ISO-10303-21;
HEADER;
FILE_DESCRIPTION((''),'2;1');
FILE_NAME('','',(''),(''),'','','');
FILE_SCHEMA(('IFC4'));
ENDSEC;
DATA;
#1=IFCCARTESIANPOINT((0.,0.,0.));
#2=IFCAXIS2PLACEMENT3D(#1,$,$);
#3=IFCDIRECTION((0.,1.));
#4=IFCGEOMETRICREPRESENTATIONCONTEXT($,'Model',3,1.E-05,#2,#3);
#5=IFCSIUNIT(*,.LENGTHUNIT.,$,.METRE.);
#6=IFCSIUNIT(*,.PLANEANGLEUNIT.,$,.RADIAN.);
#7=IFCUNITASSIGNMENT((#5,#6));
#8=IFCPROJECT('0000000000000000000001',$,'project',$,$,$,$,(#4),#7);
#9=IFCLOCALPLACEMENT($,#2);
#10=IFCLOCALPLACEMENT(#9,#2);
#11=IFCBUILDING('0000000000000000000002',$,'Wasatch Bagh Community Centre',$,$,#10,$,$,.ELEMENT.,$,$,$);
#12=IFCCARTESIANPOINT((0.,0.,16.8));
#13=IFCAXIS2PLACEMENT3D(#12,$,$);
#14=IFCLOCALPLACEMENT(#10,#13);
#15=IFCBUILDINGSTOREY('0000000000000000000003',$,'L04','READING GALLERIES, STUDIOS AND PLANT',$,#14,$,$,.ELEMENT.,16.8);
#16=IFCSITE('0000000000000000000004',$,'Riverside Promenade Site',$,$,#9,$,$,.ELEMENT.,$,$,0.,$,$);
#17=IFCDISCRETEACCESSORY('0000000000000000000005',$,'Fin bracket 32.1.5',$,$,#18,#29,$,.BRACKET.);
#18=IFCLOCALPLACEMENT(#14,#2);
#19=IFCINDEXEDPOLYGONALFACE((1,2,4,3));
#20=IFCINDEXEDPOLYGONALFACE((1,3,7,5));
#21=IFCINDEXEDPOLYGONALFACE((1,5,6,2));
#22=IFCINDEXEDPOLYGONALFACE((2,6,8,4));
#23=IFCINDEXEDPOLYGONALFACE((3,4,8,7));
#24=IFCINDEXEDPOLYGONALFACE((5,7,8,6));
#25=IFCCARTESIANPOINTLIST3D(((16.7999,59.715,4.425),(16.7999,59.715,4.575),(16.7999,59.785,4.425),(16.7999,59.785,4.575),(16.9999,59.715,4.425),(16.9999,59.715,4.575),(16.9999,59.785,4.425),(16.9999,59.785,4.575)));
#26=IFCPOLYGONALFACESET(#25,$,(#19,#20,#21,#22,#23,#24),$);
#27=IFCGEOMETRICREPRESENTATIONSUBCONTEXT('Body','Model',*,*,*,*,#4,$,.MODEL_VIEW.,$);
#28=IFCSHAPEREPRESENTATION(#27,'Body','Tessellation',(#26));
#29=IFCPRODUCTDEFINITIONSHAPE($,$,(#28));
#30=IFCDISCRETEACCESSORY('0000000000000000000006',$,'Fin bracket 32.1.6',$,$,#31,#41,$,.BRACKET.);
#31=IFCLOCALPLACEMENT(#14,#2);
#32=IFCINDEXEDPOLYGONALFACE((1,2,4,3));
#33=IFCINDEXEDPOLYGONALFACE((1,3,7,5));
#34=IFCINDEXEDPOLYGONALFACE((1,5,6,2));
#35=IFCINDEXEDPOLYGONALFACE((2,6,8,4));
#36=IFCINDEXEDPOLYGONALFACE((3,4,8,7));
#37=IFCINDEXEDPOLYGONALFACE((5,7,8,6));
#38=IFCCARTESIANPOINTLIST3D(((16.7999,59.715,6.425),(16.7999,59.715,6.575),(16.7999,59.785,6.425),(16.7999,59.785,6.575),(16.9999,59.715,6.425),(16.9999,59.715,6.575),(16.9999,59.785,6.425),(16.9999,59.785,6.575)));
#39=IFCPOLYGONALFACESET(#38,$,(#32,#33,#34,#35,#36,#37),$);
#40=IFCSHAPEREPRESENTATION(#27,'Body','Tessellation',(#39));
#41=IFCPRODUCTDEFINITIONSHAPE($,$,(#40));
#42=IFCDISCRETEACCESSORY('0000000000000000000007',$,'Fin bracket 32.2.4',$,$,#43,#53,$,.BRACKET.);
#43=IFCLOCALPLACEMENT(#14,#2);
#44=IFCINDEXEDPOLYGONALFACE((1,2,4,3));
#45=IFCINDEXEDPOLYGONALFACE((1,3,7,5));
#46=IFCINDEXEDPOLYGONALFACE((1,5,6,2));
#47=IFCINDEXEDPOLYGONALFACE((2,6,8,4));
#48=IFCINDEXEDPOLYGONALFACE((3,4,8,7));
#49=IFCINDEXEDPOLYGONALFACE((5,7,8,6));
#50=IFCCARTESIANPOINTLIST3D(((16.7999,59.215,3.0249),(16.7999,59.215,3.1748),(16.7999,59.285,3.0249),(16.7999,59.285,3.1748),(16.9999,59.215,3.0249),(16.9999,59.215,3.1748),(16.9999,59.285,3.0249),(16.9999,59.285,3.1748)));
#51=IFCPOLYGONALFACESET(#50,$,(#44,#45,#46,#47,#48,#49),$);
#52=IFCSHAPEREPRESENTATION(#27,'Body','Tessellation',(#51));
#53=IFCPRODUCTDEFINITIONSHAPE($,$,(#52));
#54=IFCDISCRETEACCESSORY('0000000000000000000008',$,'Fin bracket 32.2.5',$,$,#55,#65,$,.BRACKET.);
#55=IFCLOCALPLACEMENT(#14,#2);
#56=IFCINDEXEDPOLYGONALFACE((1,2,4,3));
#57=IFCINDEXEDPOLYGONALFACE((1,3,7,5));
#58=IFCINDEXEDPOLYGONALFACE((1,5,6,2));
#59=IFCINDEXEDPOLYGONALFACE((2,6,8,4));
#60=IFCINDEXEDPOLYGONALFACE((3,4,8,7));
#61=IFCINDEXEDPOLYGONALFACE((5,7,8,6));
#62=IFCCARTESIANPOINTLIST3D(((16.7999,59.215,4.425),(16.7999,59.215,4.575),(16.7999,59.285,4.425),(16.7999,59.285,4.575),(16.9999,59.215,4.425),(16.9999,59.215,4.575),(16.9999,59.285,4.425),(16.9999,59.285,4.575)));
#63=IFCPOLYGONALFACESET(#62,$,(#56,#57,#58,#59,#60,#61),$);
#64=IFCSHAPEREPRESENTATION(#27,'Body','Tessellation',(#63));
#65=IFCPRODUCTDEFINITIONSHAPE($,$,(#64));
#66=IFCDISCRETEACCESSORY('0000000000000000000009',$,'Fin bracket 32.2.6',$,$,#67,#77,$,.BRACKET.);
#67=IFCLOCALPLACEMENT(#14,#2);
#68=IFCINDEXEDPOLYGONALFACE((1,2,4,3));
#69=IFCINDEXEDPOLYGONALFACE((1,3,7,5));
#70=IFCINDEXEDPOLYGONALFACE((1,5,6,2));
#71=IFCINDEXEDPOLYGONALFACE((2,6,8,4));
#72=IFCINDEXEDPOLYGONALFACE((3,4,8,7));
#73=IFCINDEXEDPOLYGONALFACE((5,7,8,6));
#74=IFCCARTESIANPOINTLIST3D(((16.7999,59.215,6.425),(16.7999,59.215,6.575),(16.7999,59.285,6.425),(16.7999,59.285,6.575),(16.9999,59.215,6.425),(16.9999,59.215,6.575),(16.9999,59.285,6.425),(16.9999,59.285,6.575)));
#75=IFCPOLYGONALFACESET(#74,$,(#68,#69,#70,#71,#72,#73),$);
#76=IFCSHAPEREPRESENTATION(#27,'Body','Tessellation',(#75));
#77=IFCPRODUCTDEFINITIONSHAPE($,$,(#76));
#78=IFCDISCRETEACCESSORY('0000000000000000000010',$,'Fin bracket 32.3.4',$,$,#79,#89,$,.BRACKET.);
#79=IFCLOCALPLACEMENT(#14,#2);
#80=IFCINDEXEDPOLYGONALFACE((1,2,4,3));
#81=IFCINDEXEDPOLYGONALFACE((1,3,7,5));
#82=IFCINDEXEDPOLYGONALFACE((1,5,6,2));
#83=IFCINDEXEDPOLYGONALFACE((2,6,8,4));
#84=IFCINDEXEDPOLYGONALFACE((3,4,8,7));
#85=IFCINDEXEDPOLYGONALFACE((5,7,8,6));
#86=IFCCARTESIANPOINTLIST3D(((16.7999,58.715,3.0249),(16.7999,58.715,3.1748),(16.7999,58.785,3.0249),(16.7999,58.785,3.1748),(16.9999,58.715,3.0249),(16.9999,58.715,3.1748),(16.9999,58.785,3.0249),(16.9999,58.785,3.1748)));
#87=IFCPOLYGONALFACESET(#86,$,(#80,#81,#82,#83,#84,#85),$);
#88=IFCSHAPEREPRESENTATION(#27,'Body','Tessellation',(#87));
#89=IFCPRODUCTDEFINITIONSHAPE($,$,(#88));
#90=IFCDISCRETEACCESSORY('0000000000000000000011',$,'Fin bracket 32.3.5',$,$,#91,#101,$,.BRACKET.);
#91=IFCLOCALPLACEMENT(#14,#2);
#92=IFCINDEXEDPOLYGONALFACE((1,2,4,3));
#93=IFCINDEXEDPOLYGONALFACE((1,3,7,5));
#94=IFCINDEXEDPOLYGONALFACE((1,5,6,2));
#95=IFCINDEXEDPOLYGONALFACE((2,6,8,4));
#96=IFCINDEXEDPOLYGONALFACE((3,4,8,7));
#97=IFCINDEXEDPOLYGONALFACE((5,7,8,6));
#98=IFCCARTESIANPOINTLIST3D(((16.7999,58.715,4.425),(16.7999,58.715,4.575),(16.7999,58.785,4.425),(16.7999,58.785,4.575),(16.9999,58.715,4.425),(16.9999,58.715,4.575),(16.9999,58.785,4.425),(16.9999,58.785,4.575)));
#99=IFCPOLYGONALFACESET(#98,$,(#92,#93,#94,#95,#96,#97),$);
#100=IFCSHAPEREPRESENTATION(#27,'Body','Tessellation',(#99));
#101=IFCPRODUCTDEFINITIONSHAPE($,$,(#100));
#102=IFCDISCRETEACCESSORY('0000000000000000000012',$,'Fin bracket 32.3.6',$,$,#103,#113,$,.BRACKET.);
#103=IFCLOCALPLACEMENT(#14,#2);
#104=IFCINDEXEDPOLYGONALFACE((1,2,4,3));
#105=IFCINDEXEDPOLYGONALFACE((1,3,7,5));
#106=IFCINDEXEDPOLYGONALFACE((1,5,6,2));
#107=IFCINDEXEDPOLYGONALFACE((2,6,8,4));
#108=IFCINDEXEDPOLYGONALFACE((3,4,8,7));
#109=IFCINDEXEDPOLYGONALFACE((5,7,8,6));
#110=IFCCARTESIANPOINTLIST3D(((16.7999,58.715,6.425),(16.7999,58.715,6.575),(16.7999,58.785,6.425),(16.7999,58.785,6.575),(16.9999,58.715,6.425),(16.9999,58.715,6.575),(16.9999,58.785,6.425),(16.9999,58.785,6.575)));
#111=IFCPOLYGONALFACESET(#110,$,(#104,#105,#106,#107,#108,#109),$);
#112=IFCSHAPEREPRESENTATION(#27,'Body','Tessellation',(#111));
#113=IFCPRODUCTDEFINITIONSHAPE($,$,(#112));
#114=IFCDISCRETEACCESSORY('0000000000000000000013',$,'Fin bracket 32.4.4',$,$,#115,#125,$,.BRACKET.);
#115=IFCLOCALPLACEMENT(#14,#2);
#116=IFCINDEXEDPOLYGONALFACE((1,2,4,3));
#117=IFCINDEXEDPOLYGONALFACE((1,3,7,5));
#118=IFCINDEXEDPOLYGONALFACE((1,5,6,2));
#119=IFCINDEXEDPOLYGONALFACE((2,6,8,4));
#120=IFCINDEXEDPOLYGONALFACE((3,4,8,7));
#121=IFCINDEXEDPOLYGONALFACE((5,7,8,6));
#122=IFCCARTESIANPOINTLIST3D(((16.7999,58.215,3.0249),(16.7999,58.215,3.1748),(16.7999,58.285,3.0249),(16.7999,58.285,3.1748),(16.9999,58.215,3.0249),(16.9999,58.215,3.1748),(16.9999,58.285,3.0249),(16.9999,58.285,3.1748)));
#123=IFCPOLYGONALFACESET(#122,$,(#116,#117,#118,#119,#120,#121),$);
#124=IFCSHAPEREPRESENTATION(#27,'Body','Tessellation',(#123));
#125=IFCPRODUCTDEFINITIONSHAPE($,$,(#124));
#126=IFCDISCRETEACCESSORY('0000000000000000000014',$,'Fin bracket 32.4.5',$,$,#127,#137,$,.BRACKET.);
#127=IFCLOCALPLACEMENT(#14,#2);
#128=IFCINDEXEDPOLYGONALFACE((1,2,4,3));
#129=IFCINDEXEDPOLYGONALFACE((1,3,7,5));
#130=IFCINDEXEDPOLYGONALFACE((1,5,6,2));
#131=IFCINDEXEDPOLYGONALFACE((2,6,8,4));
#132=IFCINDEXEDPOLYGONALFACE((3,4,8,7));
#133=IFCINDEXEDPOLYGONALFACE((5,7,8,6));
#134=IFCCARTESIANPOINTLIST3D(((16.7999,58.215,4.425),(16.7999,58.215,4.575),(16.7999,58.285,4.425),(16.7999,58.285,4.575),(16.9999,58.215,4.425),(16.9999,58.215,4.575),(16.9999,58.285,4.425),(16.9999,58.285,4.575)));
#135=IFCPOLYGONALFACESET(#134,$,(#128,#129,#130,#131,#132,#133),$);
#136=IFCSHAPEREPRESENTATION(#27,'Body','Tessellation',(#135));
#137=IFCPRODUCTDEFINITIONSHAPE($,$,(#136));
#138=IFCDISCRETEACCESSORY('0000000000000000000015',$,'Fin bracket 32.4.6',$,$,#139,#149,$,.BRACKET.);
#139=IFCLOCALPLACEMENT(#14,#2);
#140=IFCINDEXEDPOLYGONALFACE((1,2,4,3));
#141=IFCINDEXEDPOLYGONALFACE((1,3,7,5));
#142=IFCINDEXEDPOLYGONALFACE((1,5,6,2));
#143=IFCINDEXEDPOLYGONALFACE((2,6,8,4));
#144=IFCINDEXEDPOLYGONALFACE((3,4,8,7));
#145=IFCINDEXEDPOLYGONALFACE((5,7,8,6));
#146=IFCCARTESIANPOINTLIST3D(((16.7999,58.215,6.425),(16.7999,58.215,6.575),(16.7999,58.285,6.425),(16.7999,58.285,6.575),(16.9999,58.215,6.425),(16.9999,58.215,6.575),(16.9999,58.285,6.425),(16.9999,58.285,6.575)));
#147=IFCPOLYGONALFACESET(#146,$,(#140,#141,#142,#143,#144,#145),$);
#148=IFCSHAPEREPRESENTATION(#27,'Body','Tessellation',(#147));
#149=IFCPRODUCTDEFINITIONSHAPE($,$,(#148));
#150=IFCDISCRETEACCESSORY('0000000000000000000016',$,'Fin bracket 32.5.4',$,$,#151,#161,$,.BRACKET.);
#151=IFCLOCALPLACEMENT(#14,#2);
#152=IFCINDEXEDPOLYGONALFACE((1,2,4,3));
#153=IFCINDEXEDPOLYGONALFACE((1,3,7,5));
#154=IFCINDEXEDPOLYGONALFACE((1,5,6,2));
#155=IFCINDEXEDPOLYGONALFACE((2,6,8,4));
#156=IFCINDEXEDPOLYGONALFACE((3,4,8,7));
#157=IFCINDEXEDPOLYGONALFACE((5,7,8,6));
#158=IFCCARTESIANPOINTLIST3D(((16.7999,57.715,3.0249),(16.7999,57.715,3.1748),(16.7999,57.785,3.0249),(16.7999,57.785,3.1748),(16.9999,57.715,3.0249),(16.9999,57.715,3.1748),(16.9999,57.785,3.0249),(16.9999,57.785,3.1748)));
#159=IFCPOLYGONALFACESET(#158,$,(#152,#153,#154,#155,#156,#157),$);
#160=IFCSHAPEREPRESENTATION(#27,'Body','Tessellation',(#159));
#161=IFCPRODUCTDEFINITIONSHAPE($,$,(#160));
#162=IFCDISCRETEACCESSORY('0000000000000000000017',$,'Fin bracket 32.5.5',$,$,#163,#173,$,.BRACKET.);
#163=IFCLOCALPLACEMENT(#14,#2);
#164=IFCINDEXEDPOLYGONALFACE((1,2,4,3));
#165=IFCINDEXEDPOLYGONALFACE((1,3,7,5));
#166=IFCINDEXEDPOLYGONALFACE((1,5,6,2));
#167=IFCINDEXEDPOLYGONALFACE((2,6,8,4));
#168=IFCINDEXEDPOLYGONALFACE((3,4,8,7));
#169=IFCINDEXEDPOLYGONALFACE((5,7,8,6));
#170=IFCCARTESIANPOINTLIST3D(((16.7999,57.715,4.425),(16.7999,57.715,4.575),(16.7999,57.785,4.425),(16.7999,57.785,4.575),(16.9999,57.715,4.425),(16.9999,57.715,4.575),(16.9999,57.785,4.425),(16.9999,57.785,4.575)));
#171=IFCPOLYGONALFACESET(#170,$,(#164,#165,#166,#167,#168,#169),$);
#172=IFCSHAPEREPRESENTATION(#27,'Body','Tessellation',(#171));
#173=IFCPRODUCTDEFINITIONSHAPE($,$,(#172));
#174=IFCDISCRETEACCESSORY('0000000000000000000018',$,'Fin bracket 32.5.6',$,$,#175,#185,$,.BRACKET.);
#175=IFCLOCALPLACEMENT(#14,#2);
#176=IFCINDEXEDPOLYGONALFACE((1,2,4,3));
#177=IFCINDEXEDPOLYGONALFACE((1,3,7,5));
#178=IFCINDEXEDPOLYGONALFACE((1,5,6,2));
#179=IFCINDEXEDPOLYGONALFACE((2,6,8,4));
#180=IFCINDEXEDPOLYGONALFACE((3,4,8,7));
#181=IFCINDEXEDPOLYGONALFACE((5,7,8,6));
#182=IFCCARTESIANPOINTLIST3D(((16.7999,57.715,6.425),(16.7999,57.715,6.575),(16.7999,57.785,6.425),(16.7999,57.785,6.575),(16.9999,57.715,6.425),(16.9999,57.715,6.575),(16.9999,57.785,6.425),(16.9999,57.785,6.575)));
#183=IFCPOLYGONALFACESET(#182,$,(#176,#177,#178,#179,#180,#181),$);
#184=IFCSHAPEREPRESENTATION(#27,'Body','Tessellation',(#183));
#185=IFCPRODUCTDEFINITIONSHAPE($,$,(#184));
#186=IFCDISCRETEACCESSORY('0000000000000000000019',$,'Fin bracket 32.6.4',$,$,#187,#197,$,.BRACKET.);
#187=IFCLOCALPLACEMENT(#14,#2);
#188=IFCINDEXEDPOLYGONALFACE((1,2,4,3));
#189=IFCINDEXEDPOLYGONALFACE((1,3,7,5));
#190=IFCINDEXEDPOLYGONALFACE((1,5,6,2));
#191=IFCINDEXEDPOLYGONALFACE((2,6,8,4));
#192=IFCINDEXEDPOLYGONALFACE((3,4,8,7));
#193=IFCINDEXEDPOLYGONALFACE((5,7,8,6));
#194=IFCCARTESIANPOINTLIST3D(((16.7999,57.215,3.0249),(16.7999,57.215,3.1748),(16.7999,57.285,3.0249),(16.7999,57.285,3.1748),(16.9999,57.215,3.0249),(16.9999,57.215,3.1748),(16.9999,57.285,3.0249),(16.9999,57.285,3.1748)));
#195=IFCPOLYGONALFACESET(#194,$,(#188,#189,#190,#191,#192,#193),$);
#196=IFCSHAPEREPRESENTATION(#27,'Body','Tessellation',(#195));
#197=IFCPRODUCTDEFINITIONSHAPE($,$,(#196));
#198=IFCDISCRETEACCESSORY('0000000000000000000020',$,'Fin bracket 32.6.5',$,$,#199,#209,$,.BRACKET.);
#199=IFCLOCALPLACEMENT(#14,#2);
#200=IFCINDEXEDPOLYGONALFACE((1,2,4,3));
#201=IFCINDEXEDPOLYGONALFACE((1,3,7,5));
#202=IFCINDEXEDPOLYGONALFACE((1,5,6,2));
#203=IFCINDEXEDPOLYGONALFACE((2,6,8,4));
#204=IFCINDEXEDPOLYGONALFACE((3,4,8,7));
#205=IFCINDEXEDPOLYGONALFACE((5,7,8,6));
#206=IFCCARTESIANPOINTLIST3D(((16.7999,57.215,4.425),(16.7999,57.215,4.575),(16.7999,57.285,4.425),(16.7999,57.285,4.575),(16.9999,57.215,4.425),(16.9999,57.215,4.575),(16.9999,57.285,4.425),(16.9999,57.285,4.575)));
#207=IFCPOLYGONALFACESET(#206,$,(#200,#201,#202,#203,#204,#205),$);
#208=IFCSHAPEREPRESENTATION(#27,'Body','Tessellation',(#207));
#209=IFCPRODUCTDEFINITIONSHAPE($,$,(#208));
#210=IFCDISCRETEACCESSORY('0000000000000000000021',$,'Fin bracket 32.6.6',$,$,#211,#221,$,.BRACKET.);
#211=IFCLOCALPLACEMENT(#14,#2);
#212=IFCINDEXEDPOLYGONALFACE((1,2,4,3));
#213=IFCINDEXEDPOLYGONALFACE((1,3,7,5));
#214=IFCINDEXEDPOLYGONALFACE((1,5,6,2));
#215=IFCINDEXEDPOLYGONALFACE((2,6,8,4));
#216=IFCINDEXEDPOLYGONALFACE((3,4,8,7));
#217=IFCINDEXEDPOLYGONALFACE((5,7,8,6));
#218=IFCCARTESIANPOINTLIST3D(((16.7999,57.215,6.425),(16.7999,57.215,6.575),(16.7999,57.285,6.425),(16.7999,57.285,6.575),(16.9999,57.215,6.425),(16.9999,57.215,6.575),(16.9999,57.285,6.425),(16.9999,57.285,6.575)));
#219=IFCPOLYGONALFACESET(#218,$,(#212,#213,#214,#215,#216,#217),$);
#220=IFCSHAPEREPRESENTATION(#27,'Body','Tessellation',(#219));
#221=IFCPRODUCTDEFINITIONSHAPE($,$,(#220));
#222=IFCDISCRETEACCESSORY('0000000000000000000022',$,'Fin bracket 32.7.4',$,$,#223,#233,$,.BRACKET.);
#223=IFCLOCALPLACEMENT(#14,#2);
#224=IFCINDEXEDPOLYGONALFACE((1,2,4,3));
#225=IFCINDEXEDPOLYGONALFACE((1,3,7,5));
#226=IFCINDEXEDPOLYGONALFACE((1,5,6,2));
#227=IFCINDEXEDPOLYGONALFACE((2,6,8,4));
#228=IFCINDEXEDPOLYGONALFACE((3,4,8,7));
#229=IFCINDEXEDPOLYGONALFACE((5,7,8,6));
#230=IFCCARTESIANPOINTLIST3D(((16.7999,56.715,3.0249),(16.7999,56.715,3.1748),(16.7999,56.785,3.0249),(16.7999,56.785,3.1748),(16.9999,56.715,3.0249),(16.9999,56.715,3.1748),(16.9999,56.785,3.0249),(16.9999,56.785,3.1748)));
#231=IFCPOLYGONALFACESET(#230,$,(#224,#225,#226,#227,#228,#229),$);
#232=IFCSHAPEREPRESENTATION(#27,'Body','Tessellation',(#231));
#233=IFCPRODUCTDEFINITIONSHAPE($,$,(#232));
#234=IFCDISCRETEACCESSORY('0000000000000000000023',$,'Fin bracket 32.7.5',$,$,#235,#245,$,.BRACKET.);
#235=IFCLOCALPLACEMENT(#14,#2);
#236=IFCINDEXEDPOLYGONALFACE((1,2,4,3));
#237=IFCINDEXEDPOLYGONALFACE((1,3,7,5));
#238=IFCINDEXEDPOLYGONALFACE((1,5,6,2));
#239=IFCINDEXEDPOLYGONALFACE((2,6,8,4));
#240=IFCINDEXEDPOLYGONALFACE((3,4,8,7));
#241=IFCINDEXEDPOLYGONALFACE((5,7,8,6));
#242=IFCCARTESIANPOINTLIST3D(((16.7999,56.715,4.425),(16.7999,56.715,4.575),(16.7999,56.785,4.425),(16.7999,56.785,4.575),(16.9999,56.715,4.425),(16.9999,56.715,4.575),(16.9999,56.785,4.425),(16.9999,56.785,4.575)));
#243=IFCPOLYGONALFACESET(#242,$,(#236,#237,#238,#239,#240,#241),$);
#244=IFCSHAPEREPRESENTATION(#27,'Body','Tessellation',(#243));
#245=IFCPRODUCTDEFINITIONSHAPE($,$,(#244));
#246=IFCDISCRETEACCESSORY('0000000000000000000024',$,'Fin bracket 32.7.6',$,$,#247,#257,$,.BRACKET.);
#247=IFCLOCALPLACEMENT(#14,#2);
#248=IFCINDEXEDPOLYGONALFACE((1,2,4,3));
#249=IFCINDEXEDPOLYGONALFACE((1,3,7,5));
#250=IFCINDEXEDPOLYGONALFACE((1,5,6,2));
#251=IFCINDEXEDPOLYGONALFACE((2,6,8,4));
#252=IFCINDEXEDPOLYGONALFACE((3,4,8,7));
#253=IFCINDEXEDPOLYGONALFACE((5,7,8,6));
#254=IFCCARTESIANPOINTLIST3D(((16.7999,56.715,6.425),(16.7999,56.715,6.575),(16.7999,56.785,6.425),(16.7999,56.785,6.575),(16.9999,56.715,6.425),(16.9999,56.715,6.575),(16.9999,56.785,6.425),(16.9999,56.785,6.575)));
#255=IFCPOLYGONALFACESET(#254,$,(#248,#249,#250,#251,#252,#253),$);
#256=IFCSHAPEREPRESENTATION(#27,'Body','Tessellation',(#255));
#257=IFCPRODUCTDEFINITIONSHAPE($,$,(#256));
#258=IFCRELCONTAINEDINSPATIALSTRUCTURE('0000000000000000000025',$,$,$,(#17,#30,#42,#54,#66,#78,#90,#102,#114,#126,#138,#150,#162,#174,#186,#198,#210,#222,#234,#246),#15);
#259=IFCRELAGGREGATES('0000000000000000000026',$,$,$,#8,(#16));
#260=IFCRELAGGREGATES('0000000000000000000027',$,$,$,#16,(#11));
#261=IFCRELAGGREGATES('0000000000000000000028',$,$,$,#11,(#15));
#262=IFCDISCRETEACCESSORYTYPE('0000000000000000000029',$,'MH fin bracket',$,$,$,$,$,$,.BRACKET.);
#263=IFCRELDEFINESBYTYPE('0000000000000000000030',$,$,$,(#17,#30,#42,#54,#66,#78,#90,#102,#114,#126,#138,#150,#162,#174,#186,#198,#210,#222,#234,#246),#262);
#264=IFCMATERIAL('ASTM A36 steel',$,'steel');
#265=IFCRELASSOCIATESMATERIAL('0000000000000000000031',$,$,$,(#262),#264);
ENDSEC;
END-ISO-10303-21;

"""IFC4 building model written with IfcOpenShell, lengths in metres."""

from ifc_helpers import new_model, si_unit, direction, frame, origin, origin_2d, place, context, subcontext, project, spatial, rectangle, extrude, material, type_object, element, save


model = new_model("IFC4")

# Units and contexts
model_context = context("Model", 3, precision=1e-05, world=origin(), true_north=direction((0.0, 1.0)))
body_context = subcontext(model_context, "Body", "Model", "MODEL_VIEW")
ifc_project = project(units=[si_unit("LENGTHUNIT", "METRE"), si_unit("PLANEANGLEUNIT", "RADIAN")], contexts=[model_context])

# Site, building, storey
site_placement = place(None, origin())
site = spatial("IfcSite", under=ifc_project, at=site_placement, Name="Riverside Promenade Site", CompositionType="ELEMENT", RefElevation=0.0)
building_placement = place(site_placement, origin())
building = spatial("IfcBuilding", under=site, at=building_placement, Name="Wasatch Bagh Community Centre", CompositionType="ELEMENT")
storey_placement = place(building_placement, frame((0.0, 0.0, 16.8)))
storey = spatial("IfcBuildingStorey", under=building, at=storey_placement, Name="L04", Description="READING GALLERIES, STUDIOS AND PLANT", CompositionType="ELEMENT", Elevation=16.8)

# Discrete accessories
ifc_material = material(Name="ASTM A36 steel", Category="steel")
discrete_accessory_type = type_object("IfcDiscreteAccessoryType", Name="MH fin bracket", PredefinedType="BRACKET", material=ifc_material)
for number, where, z_axis, x_axis, name in (
    (1, (16.8999, 59.75, 4.425), (0.0, 0.0, 1.0), (0.0, -1.0, 0.0), "Fin bracket 32.1.5"),
    (2, (16.8999, 59.75, 6.425), (0.0, 0.0, 1.0), (0.0, -1.0, 0.0), "Fin bracket 32.1.6"),
    (3, (16.8999, 59.25, 3.0249), (0.0, 0.0, 1.0), (0.0, -1.0, 0.0), "Fin bracket 32.2.4"),
    (4, (16.8999, 59.25, 4.425), (0.0, 0.0, 1.0), (0.0, -1.0, 0.0), "Fin bracket 32.2.5"),
    (5, (16.8999, 59.25, 6.425), (0.0, 0.0, 1.0), (0.0, -1.0, 0.0), "Fin bracket 32.2.6"),
    (6, (16.8999, 58.75, 3.0249), (0.0, 0.0, 1.0), (0.0, -1.0, 0.0), "Fin bracket 32.3.4"),
    (7, (16.8999, 58.75, 4.425), (0.0, 0.0, 1.0), (0.0, -1.0, 0.0), "Fin bracket 32.3.5"),
    (8, (16.8999, 58.75, 6.425), (0.0, 0.0, 1.0), (0.0, -1.0, 0.0), "Fin bracket 32.3.6"),
    (9, (16.8999, 58.25, 3.0249), (0.0, 0.0, 1.0), (0.0, -1.0, 0.0), "Fin bracket 32.4.4"),
    (10, (16.8999, 58.25, 4.425), (0.0, 0.0, 1.0), (0.0, -1.0, 0.0), "Fin bracket 32.4.5"),
    (11, (16.8999, 58.25, 6.425), (0.0, 0.0, 1.0), (0.0, -1.0, 0.0), "Fin bracket 32.4.6"),
    (12, (16.8999, 57.75, 3.0249), (0.0, 0.0, 1.0), (0.0, -1.0, 0.0), "Fin bracket 32.5.4"),
    (13, (16.8999, 57.75, 4.425), (0.0, 0.0, 1.0), (0.0, -1.0, 0.0), "Fin bracket 32.5.5"),
    (14, (16.8999, 57.75, 6.425), (0.0, 0.0, 1.0), (0.0, -1.0, 0.0), "Fin bracket 32.5.6"),
    (15, (16.8999, 57.25, 3.0249), (0.0, 0.0, 1.0), (0.0, -1.0, 0.0), "Fin bracket 32.6.4"),
    (16, (16.8999, 57.25, 4.425), (0.0, 0.0, 1.0), (0.0, -1.0, 0.0), "Fin bracket 32.6.5"),
    (17, (16.8999, 57.25, 6.425), (0.0, 0.0, 1.0), (0.0, -1.0, 0.0), "Fin bracket 32.6.6"),
    (18, (16.8999, 56.75, 3.0249), (0.0, 0.0, 1.0), (0.0, -1.0, 0.0), "Fin bracket 32.7.4"),
    (19, (16.8999, 56.75, 4.425), (0.0, 0.0, 1.0), (0.0, -1.0, 0.0), "Fin bracket 32.7.5"),
    (20, (16.8999, 56.75, 6.425), (0.0, 0.0, 1.0), (0.0, -1.0, 0.0), "Fin bracket 32.7.6"),
):
    element("IfcDiscreteAccessory", number, at=place(storey_placement, frame(where, z_axis=z_axis, x_axis=x_axis)), inside=storey, type_object=discrete_accessory_type, Name=name, PredefinedType="BRACKET", context=body_context, shape_type="SweptSolid", body=[
        extrude(rectangle(XDim=0.0701, YDim=0.2, at=origin_2d()), origin(), (0.0, 0.0, 1.0), 0.1499),
    ])

save(model, "model.ifc")
